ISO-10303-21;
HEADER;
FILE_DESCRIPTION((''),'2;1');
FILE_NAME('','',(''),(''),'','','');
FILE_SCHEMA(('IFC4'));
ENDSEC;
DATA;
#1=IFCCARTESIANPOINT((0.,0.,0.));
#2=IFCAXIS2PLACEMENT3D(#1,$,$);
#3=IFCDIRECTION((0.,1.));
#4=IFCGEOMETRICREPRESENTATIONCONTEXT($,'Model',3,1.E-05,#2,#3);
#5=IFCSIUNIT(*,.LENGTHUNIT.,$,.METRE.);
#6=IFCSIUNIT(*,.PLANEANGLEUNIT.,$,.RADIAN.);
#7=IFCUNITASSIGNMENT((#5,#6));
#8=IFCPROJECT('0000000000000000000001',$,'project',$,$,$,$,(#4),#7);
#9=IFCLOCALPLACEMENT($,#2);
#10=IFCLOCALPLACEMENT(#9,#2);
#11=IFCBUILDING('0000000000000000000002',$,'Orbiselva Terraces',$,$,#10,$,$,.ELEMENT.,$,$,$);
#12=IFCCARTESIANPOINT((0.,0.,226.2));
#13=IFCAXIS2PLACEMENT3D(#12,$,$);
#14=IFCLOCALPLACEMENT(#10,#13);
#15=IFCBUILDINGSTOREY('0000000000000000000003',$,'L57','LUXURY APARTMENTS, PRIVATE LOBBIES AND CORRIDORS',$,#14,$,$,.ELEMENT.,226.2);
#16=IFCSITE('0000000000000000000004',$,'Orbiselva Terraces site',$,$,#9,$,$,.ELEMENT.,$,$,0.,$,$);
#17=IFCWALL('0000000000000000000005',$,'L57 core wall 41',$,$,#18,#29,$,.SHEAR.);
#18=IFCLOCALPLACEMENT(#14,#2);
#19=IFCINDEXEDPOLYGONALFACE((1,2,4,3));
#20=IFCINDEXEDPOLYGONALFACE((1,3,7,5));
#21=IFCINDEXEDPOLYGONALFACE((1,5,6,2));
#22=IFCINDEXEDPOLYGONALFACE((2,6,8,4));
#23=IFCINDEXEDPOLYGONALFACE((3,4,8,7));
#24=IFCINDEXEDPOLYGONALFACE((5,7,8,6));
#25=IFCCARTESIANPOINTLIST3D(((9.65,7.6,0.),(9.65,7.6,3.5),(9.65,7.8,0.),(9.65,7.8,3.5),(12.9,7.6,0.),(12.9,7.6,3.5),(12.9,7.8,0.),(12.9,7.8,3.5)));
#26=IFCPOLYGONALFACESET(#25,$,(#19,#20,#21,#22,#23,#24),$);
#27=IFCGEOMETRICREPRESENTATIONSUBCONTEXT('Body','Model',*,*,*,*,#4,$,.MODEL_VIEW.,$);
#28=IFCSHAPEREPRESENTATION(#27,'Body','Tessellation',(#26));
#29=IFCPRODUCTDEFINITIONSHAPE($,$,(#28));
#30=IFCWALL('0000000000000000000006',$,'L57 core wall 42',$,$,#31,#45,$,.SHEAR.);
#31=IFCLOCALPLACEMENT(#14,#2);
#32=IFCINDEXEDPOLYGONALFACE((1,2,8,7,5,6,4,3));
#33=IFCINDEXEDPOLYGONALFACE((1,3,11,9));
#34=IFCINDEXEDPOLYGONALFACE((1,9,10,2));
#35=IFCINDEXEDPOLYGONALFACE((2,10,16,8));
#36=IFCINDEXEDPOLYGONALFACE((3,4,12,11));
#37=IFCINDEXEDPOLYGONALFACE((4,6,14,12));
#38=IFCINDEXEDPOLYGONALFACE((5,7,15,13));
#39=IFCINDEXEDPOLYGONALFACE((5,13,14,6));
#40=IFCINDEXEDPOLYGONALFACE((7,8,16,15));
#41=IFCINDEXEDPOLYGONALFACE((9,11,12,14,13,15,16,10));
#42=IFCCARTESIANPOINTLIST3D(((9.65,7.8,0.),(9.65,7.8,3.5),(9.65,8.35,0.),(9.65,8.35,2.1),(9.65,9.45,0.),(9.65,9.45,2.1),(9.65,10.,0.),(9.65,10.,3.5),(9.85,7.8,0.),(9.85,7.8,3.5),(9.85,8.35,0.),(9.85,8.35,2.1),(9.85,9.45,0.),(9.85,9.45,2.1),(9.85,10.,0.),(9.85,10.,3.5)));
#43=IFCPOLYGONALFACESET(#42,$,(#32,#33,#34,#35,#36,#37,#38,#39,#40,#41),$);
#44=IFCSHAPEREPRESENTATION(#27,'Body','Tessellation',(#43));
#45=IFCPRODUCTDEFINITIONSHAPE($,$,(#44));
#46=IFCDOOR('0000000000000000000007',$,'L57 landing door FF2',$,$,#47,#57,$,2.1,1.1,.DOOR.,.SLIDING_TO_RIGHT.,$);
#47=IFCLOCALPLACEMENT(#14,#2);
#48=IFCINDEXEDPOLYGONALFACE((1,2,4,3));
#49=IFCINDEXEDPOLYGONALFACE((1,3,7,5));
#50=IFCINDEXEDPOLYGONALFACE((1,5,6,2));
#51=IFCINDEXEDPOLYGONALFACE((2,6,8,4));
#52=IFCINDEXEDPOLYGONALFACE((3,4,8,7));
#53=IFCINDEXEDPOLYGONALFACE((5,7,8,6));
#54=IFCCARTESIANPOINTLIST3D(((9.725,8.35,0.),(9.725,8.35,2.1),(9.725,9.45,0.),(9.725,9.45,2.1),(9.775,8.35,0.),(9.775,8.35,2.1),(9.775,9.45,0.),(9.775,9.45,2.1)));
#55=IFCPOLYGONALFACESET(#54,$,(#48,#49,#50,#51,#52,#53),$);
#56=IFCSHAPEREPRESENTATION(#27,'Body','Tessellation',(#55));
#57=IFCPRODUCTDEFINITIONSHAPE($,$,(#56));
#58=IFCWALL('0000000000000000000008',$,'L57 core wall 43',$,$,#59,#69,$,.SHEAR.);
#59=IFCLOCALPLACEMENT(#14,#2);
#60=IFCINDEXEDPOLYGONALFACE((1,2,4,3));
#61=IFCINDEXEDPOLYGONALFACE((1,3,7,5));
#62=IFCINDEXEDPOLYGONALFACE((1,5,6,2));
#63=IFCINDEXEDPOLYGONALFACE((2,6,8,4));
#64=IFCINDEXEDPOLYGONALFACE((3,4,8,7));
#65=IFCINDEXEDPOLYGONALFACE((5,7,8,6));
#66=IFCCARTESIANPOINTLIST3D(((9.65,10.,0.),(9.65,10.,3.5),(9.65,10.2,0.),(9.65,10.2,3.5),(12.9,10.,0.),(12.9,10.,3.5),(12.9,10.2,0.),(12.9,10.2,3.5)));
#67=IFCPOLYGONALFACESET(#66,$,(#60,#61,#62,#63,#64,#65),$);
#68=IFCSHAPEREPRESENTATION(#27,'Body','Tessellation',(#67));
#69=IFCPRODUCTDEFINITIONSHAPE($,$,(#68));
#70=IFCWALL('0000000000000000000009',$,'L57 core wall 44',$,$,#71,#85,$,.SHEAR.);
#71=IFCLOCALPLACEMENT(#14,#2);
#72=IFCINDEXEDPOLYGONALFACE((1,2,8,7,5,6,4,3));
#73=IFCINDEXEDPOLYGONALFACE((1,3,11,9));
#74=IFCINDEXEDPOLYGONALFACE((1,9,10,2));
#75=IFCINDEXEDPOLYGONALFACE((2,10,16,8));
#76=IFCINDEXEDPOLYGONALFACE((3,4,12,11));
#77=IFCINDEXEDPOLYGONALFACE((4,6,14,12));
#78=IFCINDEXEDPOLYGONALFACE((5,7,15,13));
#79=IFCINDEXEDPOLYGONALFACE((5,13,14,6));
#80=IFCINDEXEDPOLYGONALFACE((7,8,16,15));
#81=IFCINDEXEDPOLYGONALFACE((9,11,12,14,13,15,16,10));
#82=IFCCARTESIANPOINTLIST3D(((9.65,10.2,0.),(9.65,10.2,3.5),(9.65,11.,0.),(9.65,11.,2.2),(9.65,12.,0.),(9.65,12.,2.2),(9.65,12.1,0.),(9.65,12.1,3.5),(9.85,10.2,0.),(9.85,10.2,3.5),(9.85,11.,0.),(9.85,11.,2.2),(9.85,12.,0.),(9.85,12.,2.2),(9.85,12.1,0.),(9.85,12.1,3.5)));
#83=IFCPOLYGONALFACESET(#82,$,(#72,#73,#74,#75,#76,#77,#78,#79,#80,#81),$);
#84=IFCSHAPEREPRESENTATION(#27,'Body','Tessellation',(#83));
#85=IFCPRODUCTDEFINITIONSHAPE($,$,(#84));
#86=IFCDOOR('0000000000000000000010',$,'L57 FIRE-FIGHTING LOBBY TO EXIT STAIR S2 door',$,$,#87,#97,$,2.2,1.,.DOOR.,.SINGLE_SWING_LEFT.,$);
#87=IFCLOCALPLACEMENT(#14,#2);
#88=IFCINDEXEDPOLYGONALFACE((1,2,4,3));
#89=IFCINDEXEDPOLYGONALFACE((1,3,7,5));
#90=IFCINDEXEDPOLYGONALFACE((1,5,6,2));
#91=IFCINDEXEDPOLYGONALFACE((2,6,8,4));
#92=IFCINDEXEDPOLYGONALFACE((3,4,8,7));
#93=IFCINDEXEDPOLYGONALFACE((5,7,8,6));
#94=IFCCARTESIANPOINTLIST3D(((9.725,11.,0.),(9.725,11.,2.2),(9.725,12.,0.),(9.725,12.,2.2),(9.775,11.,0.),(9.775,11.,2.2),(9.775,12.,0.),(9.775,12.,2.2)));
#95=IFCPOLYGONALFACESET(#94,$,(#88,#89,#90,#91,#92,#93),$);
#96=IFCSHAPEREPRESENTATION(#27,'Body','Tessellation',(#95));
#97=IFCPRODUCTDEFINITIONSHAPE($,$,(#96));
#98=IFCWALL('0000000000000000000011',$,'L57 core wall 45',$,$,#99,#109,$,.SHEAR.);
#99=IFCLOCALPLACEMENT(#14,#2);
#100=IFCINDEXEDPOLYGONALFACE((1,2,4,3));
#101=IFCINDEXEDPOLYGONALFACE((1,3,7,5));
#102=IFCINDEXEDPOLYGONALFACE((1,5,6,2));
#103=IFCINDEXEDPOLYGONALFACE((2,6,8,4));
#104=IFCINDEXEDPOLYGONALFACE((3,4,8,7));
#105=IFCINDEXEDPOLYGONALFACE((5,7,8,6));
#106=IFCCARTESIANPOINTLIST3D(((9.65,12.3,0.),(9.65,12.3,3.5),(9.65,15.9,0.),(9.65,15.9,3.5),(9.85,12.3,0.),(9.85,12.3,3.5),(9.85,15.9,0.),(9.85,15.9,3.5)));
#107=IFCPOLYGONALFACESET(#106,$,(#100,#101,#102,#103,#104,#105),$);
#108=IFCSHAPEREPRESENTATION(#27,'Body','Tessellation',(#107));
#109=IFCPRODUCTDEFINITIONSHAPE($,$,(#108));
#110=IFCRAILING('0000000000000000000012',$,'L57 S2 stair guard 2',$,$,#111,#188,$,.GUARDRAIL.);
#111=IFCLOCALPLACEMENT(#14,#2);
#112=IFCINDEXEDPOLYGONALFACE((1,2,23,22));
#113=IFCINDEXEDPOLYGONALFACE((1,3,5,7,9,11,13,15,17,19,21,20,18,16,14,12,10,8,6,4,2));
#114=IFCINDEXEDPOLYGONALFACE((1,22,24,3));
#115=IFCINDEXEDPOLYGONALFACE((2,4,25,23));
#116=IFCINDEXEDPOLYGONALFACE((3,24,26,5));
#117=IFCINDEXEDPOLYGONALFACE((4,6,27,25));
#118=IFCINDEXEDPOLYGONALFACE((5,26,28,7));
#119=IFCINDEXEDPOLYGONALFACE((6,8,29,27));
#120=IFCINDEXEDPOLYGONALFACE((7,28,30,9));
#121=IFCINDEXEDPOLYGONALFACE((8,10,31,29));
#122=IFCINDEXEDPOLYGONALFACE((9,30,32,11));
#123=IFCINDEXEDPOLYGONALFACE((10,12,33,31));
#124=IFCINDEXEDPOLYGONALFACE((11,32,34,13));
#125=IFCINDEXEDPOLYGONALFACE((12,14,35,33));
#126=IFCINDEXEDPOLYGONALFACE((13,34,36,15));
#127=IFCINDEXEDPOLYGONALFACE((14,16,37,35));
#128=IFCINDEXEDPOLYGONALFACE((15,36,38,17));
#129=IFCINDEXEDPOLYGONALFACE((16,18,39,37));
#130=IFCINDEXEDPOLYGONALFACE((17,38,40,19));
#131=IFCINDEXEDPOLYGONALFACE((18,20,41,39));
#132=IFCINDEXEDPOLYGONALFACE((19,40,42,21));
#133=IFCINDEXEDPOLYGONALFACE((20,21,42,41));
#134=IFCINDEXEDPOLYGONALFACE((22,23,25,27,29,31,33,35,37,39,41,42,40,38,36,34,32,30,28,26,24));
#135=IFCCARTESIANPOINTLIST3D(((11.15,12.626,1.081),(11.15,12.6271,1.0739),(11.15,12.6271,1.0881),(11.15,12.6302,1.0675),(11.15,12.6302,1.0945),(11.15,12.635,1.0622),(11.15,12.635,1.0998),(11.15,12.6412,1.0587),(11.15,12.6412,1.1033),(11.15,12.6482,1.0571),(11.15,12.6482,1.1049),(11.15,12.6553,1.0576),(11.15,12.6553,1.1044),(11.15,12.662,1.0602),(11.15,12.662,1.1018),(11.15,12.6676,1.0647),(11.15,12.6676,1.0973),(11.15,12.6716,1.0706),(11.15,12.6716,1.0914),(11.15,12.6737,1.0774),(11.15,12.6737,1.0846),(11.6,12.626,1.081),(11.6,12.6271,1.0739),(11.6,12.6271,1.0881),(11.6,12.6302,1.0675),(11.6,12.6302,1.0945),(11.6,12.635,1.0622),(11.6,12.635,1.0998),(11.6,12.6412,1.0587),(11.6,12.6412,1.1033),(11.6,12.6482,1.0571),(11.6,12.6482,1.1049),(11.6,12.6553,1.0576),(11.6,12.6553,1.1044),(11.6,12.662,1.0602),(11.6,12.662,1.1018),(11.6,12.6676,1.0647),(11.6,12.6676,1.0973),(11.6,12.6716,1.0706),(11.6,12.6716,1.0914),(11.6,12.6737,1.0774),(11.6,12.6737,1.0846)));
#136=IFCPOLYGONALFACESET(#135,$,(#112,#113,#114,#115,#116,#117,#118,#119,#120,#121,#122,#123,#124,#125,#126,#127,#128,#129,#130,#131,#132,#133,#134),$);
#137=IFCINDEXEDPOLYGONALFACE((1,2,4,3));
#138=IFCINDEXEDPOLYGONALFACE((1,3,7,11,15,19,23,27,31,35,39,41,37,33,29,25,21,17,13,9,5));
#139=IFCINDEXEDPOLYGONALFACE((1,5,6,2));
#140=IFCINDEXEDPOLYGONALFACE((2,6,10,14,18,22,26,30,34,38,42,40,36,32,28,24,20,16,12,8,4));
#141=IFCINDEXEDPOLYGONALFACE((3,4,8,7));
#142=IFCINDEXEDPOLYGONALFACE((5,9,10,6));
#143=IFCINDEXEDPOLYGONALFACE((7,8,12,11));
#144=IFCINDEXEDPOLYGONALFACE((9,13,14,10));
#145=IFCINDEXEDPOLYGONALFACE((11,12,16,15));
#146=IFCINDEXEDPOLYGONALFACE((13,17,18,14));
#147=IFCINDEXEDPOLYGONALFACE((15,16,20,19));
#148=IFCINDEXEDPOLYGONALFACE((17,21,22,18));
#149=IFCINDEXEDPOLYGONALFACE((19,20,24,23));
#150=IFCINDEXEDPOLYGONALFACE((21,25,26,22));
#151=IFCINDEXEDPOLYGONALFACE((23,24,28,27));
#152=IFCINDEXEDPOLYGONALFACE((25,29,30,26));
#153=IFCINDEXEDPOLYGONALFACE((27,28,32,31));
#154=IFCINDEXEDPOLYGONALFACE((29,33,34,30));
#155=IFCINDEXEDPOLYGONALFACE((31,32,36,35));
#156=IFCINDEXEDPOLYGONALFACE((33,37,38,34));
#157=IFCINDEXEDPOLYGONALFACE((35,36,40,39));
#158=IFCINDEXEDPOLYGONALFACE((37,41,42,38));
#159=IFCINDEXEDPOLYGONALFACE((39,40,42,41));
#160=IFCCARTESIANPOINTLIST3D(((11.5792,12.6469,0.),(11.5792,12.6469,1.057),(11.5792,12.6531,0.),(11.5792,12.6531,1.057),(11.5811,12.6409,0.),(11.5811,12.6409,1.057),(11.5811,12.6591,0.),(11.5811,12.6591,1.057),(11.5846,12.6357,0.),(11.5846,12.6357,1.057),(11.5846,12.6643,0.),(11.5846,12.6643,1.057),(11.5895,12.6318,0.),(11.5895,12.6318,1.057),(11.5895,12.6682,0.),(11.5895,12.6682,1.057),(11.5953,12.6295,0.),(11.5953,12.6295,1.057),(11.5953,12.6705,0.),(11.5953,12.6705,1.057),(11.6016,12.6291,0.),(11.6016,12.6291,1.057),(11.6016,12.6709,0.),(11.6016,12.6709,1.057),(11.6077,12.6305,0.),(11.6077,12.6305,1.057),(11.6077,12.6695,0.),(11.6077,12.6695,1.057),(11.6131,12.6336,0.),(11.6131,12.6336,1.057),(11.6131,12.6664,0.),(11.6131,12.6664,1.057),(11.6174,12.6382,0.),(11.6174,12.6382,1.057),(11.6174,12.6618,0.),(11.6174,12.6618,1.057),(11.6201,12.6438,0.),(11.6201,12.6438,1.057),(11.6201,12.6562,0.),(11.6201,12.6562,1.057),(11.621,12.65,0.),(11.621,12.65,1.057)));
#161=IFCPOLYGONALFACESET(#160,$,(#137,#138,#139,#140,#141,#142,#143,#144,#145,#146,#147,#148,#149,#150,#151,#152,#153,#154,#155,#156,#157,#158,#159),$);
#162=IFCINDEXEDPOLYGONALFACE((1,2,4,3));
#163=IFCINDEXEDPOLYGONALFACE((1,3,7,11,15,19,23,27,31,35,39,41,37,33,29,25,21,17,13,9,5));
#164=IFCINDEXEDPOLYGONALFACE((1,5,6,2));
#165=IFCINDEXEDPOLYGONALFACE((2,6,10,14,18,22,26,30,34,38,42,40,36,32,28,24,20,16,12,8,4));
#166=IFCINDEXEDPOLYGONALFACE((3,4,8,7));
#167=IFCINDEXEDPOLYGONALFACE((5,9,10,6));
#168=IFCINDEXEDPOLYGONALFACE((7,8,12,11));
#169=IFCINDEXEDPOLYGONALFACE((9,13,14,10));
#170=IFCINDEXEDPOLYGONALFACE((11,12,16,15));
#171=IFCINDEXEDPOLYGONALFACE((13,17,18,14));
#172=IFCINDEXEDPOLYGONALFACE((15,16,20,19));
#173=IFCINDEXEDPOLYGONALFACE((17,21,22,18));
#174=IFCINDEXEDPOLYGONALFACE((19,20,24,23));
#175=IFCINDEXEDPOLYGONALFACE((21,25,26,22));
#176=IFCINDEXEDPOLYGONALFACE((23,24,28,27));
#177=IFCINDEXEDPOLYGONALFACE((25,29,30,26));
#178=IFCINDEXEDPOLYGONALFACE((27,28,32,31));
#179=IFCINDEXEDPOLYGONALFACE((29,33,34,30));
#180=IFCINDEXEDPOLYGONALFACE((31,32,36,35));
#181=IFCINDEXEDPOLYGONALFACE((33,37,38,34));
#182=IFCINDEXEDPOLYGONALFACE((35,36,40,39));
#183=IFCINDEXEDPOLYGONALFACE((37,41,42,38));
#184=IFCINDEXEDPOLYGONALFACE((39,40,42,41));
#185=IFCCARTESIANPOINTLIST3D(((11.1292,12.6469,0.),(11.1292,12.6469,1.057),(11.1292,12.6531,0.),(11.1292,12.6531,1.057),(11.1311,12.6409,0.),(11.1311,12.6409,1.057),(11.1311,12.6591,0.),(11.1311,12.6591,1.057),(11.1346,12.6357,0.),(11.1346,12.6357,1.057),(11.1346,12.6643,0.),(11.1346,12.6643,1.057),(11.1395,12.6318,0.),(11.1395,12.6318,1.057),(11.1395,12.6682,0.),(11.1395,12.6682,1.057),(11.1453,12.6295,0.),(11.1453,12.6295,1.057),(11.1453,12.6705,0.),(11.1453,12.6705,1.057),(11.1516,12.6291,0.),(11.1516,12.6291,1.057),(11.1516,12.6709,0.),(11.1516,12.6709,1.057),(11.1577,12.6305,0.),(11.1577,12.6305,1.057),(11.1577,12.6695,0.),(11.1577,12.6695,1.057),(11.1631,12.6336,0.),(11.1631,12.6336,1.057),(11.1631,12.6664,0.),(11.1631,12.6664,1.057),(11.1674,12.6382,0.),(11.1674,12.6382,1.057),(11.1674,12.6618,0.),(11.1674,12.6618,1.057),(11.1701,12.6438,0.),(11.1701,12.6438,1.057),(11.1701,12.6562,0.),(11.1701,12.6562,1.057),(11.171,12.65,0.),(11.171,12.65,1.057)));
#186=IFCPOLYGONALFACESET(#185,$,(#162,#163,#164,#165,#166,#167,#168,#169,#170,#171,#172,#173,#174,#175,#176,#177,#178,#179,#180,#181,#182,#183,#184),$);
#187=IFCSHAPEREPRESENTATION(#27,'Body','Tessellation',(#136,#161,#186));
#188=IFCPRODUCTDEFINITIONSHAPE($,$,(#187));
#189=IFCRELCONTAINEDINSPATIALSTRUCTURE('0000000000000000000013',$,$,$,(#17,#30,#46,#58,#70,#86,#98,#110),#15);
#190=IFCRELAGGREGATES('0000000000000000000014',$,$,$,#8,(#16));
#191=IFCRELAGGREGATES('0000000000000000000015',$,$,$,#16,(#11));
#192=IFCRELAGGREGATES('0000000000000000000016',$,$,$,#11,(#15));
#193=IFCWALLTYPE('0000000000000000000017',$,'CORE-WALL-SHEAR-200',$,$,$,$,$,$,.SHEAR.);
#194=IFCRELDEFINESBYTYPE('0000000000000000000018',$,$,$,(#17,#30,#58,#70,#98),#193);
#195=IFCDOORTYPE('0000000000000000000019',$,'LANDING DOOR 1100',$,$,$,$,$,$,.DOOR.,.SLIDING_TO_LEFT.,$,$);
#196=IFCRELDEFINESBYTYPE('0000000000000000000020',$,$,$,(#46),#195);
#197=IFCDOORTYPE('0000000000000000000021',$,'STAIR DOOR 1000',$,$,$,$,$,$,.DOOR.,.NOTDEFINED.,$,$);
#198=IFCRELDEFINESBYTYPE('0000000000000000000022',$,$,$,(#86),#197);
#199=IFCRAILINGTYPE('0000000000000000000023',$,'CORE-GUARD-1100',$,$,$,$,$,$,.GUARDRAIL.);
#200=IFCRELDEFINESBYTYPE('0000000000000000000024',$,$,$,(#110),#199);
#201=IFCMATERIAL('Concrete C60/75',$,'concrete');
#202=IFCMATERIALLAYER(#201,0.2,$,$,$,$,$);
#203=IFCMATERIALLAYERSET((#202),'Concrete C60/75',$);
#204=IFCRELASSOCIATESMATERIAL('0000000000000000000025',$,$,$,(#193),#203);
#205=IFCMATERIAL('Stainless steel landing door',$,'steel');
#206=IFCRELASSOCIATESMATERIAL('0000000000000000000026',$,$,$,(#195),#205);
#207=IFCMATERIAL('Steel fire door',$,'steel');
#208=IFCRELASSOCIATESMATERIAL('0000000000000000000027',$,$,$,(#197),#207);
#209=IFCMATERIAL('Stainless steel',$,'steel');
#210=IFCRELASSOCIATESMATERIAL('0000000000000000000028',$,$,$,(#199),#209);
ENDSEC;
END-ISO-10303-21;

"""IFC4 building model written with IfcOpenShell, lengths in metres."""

from ifc_helpers import new_model, si_unit, direction, frame, frame_2d, origin, origin_2d, place, context, subcontext, project, spatial, rectangle, circle, extrude, material, layer, layer_set, type_object, element, fill, save


model = new_model("IFC4")

# Units and contexts
model_context = context("Model", 3, precision=1e-05, world=origin(), true_north=direction((0.0, 1.0)))
body_context = subcontext(model_context, "Body", "Model", "MODEL_VIEW")
ifc_project = project(units=[si_unit("LENGTHUNIT", "METRE"), si_unit("PLANEANGLEUNIT", "RADIAN")], contexts=[model_context])

# Site, building, storey
site_placement = place(None, origin())
site = spatial("IfcSite", under=ifc_project, at=site_placement, Name="Orbiselva Terraces site", CompositionType="ELEMENT", RefElevation=0.0)
building_placement = place(site_placement, origin())
building = spatial("IfcBuilding", under=site, at=building_placement, Name="Orbiselva Terraces", CompositionType="ELEMENT")
storey_placement = place(building_placement, frame((0.0, 0.0, 226.2)))
storey = spatial("IfcBuildingStorey", under=building, at=storey_placement, Name="L57", Description="LUXURY APARTMENTS, PRIVATE LOBBIES AND CORRIDORS", CompositionType="ELEMENT", Elevation=226.2)

# Shared definitions
ifc_material_1 = material(Name="Steel fire door", Category="steel")

# Shared definitions
ifc_material_2 = material(Name="Concrete C60/75", Category="concrete")
ifc_layer_1 = layer(ifc_material_2, 0.2)
ifc_layer_set_1 = layer_set([ifc_layer_1], Name="Concrete C60/75")
wall_type_1 = type_object("IfcWallType", Name="CORE-WALL-SHEAR-200", PredefinedType="SHEAR", material=ifc_layer_set_1)

# Shared definitions
ifc_material_3 = material(Name="Stainless steel landing door", Category="steel")
door_type_1 = type_object("IfcDoorType", Name="LANDING DOOR 1100", OperationType="SLIDING_TO_LEFT", PredefinedType="DOOR", material=ifc_material_3)

# Wall
wall_1_placement = place(storey_placement, frame((9.65, 7.7, 0.0), z_axis=(0.0, 0.0, 1.0), x_axis=(1.0, 0.0, 0.0)))
element("IfcWall", 1, at=wall_1_placement, inside=storey, type_object=wall_type_1, Name="L57 core wall 41", PredefinedType="SHEAR", context=body_context, shape_type="SweptSolid", body=[
    extrude(rectangle(XDim=3.25, YDim=0.2, at=frame_2d((1.625, 0.0))), origin(), (0.0, 0.0, 1.0), 3.5),
])

# Wall, opening, door
wall_2_placement = place(storey_placement, frame((9.75, 7.8, 0.0), z_axis=(0.0, 0.0, 1.0), x_axis=(0.0, 1.0, 0.0)))
wall_2 = element("IfcWall", 2, at=wall_2_placement, inside=storey, type_object=wall_type_1, Name="L57 core wall 42", PredefinedType="SHEAR", context=body_context, shape_type="SweptSolid", body=[
    extrude(rectangle(XDim=2.2, YDim=0.2, at=frame_2d((1.1, 0.0))), origin(), (0.0, 0.0, 1.0), 3.5),
])
opening_1_placement = place(wall_2_placement, frame((0.55, 0.0, 0.0)))
opening_1 = element("IfcOpeningElement", 3, at=opening_1_placement, cuts=wall_2, PredefinedType="OPENING", context=body_context, shape_type="SweptSolid", body=[
    extrude(rectangle(XDim=1.1, YDim=2.1, at=frame_2d((0.55, 1.05))), frame((0.0, 0.11, 0.0), z_axis=(0.0, -1.0, 0.0), x_axis=(1.0, 0.0, 0.0)), (0.0, 0.0, 1.0), 0.22),
])
door_1_placement = place(opening_1_placement, origin())
door_1 = element("IfcDoor", 4, at=door_1_placement, inside=storey, type_object=door_type_1, Name="L57 landing door FF2", OperationType="SLIDING_TO_RIGHT", OverallHeight=2.1, OverallWidth=1.1, PredefinedType="DOOR", context=body_context, shape_type="SweptSolid", body=[
    extrude(rectangle(XDim=1.1, YDim=2.1, at=frame_2d((0.55, 1.05))), frame((0.0, 0.025, 0.0), z_axis=(0.0, -1.0, 0.0), x_axis=(1.0, 0.0, 0.0)), (0.0, 0.0, 1.0), 0.05),
])
fill(opening_1, door_1)

# Wall
wall_3_placement = place(storey_placement, frame((9.65, 10.1, 0.0), z_axis=(0.0, 0.0, 1.0), x_axis=(1.0, 0.0, 0.0)))
element("IfcWall", 5, at=wall_3_placement, inside=storey, type_object=wall_type_1, Name="L57 core wall 43", PredefinedType="SHEAR", context=body_context, shape_type="SweptSolid", body=[
    extrude(rectangle(XDim=3.25, YDim=0.2, at=frame_2d((1.625, 0.0))), origin(), (0.0, 0.0, 1.0), 3.5),
])

# Wall, opening, door
wall_4_placement = place(storey_placement, frame((9.75, 12.1, 0.0), z_axis=(0.0, 0.0, 1.0), x_axis=(0.0, -1.0, 0.0)))
wall_4 = element("IfcWall", 6, at=wall_4_placement, inside=storey, type_object=wall_type_1, Name="L57 core wall 44", PredefinedType="SHEAR", context=body_context, shape_type="SweptSolid", body=[
    extrude(rectangle(XDim=1.9, YDim=0.2, at=frame_2d((0.95, 0.0))), origin(), (0.0, 0.0, 1.0), 3.5),
])
opening_2_placement = place(wall_4_placement, frame((0.1, 0.0, 0.0)))
opening_2 = element("IfcOpeningElement", 7, at=opening_2_placement, cuts=wall_4, PredefinedType="OPENING", context=body_context, shape_type="SweptSolid", body=[
    extrude(rectangle(XDim=1.0, YDim=2.2, at=frame_2d((0.5, 1.1))), frame((0.0, 0.11, 0.0), z_axis=(0.0, -1.0, 0.0), x_axis=(1.0, 0.0, 0.0)), (0.0, 0.0, 1.0), 0.22),
])
door_type_2 = type_object("IfcDoorType", Name="STAIR DOOR 1000", OperationType="NOTDEFINED", PredefinedType="DOOR", material=ifc_material_1)
door_2_placement = place(opening_2_placement, origin())
door_2 = element("IfcDoor", 8, at=door_2_placement, inside=storey, type_object=door_type_2, Name="L57 FIRE-FIGHTING LOBBY TO EXIT STAIR S2 door", OperationType="SINGLE_SWING_LEFT", OverallHeight=2.2, OverallWidth=1.0, PredefinedType="DOOR", context=body_context, shape_type="SweptSolid", body=[
    extrude(rectangle(XDim=1.0, YDim=2.2, at=frame_2d((0.5, 1.1))), frame((0.0, 0.025, 0.0), z_axis=(0.0, -1.0, 0.0), x_axis=(1.0, 0.0, 0.0)), (0.0, 0.0, 1.0), 0.05),
])
fill(opening_2, door_2)

# Wall
wall_5_placement = place(storey_placement, frame((9.75, 12.3, 0.0), z_axis=(0.0, 0.0, 1.0), x_axis=(0.0, 1.0, 0.0)))
element("IfcWall", 9, at=wall_5_placement, inside=storey, type_object=wall_type_1, Name="L57 core wall 45", PredefinedType="SHEAR", context=body_context, shape_type="SweptSolid", body=[
    extrude(rectangle(XDim=3.6, YDim=0.2, at=frame_2d((1.8, 0.0))), origin(), (0.0, 0.0, 1.0), 3.5),
])

# Railing
ifc_material_4 = material(Name="Stainless steel", Category="steel")
railing_type = type_object("IfcRailingType", Name="CORE-GUARD-1100", PredefinedType="GUARDRAIL", material=ifc_material_4)
railing_1_placement = place(storey_placement, frame((11.6, 12.65, 0.0)))
element("IfcRailing", 10, at=railing_1_placement, inside=storey, type_object=railing_type, Name="L57 S2 stair guard 2", PredefinedType="GUARDRAIL", context=body_context, shape_type="SweptSolid", body=[
    extrude(circle(Radius=0.024, at=origin_2d()), frame((0.0, 0.0, 1.081), z_axis=(-1.0, 0.0, 0.0), x_axis=(0.0, -1.0, 0.0)), (0.0, 0.0, 1.0), 0.45),
    extrude(circle(Radius=0.021, at=origin_2d()), origin(), (0.0, 0.0, 1.0), 1.057),
    extrude(circle(Radius=0.021, at=origin_2d()), frame((-0.45, 0.0, 0.0)), (0.0, 0.0, 1.0), 1.057),
])

save(model, "model.ifc")
